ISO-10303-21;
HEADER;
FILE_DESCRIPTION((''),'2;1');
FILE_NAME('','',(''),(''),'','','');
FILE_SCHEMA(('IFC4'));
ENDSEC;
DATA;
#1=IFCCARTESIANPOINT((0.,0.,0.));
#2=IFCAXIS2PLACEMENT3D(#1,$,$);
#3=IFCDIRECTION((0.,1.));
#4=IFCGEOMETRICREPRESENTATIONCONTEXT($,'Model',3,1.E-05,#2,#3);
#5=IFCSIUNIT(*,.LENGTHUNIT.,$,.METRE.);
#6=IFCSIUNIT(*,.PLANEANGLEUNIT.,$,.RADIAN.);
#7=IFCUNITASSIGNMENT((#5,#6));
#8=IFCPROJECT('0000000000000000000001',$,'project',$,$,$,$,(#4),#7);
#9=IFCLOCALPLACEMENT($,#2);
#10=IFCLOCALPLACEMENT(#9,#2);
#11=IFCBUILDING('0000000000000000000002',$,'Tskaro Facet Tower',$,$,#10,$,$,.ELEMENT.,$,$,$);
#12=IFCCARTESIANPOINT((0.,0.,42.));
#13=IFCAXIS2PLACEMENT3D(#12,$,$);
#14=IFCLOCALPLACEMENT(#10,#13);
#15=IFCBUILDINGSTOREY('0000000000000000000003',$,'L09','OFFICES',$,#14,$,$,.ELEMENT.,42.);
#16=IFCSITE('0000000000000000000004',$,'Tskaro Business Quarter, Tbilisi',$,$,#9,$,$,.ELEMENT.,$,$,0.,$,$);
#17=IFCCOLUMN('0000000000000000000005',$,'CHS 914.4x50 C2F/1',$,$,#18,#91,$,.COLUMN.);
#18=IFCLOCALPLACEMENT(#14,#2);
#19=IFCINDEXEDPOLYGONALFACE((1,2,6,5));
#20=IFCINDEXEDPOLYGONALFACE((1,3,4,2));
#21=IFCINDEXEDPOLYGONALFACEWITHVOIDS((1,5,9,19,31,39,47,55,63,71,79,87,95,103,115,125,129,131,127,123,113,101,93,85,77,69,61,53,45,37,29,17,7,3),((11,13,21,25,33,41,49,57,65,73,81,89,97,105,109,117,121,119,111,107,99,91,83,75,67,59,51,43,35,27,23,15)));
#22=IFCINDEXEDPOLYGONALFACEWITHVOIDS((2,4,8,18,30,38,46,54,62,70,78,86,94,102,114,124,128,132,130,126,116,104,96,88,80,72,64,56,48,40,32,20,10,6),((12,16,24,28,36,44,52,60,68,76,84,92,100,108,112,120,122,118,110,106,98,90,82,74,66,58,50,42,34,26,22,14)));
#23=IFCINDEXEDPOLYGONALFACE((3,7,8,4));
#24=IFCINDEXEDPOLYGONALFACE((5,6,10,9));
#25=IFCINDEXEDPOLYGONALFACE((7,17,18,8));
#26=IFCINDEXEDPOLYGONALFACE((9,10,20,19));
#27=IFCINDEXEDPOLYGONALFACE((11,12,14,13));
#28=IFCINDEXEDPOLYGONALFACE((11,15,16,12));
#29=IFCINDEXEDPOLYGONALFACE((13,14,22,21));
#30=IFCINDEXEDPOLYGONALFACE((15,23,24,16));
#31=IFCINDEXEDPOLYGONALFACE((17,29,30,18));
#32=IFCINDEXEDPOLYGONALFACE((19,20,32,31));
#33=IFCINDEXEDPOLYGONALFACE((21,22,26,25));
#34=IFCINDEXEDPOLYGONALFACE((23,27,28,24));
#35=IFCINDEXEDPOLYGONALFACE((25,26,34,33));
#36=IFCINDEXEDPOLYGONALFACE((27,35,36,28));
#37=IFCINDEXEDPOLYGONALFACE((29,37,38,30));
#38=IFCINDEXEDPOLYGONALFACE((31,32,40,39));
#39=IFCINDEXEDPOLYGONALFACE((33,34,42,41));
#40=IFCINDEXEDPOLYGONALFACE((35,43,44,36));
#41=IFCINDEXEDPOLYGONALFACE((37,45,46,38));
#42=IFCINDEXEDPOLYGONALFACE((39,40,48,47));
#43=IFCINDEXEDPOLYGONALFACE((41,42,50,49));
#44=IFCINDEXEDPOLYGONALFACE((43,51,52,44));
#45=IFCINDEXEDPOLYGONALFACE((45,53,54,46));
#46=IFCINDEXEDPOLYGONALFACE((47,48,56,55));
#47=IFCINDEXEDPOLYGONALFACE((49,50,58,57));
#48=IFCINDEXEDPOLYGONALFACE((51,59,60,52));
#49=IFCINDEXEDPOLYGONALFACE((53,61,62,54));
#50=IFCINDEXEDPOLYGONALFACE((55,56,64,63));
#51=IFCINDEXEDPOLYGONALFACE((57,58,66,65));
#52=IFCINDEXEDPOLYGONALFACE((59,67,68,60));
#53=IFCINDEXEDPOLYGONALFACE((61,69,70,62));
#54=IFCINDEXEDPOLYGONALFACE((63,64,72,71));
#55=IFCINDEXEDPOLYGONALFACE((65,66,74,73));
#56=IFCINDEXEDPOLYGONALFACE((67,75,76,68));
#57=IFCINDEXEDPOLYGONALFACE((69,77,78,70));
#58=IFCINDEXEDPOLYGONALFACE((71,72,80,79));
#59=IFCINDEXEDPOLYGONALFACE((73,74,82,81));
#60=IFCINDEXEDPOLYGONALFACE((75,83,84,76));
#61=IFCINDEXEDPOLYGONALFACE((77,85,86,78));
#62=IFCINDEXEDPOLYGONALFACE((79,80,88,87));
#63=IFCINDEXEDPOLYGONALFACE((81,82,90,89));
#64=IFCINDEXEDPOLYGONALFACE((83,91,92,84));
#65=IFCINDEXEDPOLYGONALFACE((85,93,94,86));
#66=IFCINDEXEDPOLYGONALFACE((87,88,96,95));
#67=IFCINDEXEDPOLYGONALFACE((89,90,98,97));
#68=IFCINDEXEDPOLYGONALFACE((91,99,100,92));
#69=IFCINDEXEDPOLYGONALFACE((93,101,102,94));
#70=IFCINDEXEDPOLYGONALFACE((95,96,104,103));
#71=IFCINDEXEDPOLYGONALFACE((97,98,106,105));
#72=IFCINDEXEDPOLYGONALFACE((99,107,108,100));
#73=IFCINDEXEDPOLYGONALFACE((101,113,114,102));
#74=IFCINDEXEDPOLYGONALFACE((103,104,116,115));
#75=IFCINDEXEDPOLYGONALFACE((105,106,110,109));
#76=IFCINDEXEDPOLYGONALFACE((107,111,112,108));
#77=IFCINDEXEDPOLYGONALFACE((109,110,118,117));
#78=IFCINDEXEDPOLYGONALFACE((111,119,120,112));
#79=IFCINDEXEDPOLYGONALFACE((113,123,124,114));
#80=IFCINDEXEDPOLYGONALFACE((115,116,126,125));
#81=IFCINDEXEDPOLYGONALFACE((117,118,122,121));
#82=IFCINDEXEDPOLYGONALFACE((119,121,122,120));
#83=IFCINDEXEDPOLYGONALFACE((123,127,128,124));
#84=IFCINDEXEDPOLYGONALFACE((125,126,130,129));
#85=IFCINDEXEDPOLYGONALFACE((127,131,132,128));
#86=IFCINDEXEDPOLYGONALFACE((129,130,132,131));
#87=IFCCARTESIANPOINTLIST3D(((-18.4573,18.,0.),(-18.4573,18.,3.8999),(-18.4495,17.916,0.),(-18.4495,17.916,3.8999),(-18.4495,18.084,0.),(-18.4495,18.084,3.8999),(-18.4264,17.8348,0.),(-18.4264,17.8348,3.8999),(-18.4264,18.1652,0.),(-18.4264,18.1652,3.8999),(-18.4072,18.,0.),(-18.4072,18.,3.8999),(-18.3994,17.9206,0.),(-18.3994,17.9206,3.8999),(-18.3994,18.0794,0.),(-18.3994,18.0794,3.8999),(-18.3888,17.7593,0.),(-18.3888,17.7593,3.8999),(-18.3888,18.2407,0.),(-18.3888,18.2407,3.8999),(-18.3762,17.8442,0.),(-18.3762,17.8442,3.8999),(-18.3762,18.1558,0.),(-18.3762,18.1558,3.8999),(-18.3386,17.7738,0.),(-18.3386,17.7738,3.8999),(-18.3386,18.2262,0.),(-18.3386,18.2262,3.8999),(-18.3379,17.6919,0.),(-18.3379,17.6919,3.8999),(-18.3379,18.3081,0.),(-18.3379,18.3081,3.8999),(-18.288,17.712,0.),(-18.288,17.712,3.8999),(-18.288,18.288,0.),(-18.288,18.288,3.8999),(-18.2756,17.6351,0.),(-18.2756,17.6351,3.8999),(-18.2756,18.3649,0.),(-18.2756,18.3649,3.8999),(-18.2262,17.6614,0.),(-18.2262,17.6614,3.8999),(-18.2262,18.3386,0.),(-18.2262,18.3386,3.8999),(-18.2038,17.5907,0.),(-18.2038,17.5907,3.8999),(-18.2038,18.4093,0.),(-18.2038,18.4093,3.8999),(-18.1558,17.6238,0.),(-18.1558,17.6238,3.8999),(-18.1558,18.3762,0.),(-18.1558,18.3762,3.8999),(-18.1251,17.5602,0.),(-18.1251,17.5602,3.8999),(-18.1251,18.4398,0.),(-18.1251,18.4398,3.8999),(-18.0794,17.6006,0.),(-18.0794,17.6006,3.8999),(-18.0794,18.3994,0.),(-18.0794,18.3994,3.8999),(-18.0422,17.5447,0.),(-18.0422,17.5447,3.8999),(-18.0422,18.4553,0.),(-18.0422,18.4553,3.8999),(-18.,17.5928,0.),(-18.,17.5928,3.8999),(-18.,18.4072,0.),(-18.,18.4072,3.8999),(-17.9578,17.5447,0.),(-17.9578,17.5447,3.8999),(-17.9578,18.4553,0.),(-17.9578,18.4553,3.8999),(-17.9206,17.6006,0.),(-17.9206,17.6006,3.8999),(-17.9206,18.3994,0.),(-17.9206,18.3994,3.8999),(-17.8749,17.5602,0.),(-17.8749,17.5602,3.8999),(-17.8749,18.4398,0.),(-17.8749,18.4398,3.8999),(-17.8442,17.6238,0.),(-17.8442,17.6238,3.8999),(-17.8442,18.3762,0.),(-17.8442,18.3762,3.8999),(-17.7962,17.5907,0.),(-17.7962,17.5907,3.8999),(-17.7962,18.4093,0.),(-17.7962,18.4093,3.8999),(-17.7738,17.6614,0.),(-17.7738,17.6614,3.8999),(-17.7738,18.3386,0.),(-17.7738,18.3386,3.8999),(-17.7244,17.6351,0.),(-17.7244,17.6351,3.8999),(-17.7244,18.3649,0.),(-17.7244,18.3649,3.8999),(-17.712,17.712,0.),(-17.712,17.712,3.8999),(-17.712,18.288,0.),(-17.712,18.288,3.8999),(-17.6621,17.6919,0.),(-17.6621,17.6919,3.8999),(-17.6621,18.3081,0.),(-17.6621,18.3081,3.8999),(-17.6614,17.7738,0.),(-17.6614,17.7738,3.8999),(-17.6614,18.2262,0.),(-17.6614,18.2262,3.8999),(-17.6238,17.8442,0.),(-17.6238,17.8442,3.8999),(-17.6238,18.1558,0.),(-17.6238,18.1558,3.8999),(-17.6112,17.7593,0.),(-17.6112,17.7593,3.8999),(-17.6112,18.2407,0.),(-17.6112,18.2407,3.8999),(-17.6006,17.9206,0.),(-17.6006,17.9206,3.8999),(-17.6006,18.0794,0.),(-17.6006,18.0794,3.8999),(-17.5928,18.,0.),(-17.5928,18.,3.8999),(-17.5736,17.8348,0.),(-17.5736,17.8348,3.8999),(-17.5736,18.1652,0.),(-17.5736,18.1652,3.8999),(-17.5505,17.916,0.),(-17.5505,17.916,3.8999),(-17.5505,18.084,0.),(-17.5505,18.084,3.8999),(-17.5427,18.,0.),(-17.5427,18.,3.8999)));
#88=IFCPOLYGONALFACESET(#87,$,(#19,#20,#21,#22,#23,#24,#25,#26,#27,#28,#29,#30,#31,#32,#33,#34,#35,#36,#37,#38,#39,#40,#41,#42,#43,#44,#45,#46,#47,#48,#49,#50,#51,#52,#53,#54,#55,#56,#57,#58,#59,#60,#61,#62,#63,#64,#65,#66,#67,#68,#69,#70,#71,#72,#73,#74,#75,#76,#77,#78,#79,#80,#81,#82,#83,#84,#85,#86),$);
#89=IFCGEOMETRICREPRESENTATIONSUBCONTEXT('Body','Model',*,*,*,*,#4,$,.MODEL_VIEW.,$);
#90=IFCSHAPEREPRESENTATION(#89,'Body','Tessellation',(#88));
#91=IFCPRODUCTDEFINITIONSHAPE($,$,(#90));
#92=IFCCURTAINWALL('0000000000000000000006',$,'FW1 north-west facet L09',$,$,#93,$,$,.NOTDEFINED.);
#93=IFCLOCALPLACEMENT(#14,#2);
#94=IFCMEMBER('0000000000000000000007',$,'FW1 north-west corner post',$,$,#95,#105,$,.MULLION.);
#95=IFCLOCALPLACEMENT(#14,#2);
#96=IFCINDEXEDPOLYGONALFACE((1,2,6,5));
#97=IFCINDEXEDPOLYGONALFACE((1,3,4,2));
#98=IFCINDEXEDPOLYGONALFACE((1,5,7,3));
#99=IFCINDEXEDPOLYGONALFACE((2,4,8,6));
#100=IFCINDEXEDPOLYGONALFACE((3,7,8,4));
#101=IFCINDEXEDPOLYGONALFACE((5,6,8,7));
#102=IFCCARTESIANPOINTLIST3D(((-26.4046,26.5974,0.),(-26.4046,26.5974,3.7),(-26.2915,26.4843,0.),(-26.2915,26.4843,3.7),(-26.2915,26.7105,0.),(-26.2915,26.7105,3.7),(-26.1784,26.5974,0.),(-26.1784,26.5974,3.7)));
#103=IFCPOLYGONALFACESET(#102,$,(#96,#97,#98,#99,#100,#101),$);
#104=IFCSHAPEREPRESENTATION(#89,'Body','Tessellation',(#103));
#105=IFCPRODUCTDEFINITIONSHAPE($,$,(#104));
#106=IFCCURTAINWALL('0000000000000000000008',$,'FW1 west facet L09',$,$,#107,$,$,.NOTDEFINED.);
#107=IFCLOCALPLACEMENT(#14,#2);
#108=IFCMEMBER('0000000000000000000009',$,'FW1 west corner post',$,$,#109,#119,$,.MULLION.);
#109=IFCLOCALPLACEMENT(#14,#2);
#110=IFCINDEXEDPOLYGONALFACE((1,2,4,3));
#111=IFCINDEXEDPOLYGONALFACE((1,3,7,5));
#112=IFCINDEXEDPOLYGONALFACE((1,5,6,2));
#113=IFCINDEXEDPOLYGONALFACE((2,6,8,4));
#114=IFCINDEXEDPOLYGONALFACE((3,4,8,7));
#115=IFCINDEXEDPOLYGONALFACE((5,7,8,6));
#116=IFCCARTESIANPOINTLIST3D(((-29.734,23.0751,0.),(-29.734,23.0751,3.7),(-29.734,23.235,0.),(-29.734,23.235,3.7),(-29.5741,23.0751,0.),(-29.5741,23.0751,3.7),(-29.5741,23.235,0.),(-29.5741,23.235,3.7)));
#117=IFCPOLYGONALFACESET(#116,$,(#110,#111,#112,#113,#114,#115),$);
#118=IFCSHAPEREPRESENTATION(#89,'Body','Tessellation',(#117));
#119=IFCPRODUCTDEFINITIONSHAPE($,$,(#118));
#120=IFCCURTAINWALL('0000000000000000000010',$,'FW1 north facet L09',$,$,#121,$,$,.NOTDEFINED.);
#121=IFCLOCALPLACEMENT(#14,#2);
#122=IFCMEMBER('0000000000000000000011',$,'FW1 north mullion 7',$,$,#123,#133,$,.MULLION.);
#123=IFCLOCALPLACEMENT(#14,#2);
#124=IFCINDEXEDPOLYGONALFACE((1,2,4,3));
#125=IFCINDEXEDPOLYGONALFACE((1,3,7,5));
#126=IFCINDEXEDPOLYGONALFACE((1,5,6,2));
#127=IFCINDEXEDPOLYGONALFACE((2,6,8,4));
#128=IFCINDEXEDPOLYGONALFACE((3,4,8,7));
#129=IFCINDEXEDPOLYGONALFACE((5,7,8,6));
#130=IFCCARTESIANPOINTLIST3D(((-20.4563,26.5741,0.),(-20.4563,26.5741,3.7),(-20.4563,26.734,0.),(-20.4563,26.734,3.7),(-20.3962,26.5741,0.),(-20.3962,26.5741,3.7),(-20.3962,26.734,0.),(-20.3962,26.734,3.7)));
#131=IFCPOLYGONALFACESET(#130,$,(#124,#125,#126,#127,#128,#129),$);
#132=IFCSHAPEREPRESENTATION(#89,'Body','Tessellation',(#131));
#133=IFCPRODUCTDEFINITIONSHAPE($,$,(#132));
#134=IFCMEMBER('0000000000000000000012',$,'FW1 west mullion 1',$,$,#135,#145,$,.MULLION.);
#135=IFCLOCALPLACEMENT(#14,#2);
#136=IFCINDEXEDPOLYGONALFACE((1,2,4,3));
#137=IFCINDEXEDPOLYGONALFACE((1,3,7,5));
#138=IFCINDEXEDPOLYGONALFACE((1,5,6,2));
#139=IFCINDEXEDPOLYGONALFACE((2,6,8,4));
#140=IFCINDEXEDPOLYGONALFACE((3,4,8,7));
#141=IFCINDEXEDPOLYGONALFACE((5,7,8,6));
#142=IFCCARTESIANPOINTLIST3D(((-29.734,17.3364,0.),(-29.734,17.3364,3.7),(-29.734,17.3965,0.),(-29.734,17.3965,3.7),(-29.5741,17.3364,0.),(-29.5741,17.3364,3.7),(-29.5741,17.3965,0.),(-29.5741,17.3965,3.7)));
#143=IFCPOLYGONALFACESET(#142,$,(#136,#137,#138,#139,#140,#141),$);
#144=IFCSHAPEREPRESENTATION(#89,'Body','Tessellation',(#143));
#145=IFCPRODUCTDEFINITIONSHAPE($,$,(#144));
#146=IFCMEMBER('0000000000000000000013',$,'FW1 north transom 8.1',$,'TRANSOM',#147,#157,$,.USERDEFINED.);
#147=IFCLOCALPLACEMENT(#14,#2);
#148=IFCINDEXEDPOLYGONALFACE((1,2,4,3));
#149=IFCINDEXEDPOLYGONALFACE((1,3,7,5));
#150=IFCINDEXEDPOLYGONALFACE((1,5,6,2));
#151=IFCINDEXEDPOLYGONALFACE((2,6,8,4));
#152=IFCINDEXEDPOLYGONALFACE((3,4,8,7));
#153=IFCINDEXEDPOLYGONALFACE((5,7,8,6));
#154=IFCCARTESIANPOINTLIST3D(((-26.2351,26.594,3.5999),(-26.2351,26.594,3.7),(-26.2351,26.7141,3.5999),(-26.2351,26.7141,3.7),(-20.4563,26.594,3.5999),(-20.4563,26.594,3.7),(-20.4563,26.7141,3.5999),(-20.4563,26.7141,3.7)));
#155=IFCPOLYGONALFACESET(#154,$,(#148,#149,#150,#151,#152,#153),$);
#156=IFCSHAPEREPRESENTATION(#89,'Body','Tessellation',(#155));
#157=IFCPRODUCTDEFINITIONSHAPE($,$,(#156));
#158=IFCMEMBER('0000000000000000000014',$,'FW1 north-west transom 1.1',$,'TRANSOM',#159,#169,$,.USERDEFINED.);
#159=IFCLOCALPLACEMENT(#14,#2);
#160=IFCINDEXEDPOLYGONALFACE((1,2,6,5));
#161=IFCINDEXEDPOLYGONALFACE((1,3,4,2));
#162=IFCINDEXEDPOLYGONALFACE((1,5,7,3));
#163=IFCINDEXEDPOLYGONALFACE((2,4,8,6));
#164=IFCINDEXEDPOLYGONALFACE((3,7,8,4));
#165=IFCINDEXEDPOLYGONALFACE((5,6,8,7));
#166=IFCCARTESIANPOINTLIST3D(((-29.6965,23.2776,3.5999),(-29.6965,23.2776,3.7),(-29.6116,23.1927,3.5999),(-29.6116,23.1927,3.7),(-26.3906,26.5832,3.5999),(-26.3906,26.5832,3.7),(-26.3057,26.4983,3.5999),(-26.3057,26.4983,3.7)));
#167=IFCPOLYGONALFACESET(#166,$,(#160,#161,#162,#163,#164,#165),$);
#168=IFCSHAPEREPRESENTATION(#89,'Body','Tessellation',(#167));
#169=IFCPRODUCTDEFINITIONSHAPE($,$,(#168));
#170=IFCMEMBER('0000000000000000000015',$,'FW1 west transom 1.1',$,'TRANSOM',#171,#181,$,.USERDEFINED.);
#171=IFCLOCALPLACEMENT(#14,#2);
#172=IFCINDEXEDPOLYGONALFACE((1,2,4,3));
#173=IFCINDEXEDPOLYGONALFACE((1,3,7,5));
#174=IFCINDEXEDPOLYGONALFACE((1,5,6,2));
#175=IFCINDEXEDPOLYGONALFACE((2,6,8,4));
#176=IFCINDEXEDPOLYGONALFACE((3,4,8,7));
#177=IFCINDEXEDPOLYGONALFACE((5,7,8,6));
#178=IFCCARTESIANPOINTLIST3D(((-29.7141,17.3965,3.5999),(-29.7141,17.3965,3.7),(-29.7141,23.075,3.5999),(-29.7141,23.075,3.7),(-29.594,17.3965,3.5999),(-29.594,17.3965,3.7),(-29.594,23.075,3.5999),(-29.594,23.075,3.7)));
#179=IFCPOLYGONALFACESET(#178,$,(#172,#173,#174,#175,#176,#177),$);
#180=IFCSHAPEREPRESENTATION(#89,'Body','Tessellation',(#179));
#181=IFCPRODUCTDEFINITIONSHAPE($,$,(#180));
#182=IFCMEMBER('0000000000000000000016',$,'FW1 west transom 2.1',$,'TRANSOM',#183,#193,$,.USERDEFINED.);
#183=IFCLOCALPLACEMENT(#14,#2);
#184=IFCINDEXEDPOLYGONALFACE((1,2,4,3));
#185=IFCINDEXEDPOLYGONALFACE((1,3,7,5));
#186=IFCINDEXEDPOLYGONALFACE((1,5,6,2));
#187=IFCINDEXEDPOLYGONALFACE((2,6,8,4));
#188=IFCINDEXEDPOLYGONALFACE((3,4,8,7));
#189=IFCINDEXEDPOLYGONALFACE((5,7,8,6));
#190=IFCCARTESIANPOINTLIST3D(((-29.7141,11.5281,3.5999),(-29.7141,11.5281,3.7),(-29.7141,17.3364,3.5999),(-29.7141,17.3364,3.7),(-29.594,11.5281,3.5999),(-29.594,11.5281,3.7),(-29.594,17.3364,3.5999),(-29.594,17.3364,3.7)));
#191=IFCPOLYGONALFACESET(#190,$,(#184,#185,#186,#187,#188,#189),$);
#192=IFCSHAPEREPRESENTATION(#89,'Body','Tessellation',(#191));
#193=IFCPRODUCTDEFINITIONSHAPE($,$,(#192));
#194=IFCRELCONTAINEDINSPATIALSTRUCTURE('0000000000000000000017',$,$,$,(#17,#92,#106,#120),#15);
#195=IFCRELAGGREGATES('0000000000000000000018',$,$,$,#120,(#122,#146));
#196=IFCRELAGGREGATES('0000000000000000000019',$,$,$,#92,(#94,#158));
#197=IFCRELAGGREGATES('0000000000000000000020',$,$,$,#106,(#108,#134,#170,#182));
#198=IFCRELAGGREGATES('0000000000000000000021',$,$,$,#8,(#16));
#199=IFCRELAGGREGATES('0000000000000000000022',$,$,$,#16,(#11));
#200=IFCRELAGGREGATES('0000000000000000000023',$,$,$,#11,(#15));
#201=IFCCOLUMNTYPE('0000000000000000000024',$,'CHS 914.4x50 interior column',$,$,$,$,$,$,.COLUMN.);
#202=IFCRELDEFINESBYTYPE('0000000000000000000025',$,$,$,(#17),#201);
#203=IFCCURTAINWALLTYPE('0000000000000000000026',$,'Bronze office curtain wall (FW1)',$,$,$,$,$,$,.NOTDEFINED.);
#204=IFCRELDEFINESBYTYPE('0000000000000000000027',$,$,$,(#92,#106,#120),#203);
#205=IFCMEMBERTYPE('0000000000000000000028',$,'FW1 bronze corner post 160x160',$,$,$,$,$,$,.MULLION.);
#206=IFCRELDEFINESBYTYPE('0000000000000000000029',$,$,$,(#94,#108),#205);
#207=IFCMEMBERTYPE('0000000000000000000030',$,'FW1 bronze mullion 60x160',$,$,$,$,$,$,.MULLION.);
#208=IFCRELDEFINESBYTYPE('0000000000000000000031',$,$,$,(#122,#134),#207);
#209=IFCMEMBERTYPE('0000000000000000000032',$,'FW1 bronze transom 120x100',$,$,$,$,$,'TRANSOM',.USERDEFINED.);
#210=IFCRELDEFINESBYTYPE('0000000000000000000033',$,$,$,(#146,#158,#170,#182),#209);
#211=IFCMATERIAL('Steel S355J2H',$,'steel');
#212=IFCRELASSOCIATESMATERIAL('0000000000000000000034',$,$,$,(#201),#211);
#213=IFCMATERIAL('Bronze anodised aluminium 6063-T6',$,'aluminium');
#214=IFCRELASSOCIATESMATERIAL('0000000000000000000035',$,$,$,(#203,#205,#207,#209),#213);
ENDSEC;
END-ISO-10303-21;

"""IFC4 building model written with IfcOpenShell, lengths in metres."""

from ifc_helpers import new_model, si_unit, direction, frame, origin, origin_2d, place, context, subcontext, project, spatial, rectangle, hollow_circle, extrude, material, material_profile, profile_set, type_object, element, aggregate, save


model = new_model("IFC4")

# Units and contexts
model_context = context("Model", 3, precision=1e-05, world=origin(), true_north=direction((0.0, 1.0)))
body_context = subcontext(model_context, "Body", "Model", "MODEL_VIEW")
ifc_project = project(units=[si_unit("LENGTHUNIT", "METRE"), si_unit("PLANEANGLEUNIT", "RADIAN")], contexts=[model_context])

# Site, building, storey
site_placement = place(None, origin())
site = spatial("IfcSite", under=ifc_project, at=site_placement, Name="Tskaro Business Quarter, Tbilisi", CompositionType="ELEMENT", RefElevation=0.0)
building_placement = place(site_placement, origin())
building = spatial("IfcBuilding", under=site, at=building_placement, Name="Tskaro Facet Tower", CompositionType="ELEMENT")
storey_placement = place(building_placement, frame((0.0, 0.0, 42.0)))
storey = spatial("IfcBuildingStorey", under=building, at=storey_placement, Name="L09", Description="OFFICES", CompositionType="ELEMENT", Elevation=42.0)

# Column
ifc_material_1 = material(Name="Steel S355J2H", Category="steel")
ifc_material_profile_1 = material_profile(ifc_material_1, hollow_circle(Radius=0.4573, WallThickness=0.05, at=origin_2d()), Name="CHS 914.4x50")
ifc_profile_set_1 = profile_set([ifc_material_profile_1], Name="Steel S355J2H")
column_type_1 = type_object("IfcColumnType", Name="CHS 914.4x50 interior column", PredefinedType="COLUMN", material=ifc_profile_set_1)
column_placement = place(storey_placement, frame((-18.0, 18.0, 0.0), z_axis=(0.0, 0.0, 1.0), x_axis=(1.0, 0.0, 0.0)))
element("IfcColumn", 1, at=column_placement, inside=storey, type_object=column_type_1, Name="CHS 914.4x50 C2F/1", PredefinedType="COLUMN", context=body_context, shape_type="SweptSolid", body=[
    extrude(hollow_circle(Radius=0.4573, WallThickness=0.05, at=origin_2d()), origin(), (0.0, 0.0, 1.0), 3.8999),
])

# Curtain walls, members
ifc_material_2 = material(Name="Bronze anodised aluminium 6063-T6", Category="aluminium")
curtain_wall_type = type_object("IfcCurtainWallType", Name="Bronze office curtain wall (FW1)", PredefinedType="NOTDEFINED", material=ifc_material_2)
curtain_wall_1_placement = place(storey_placement, origin())
curtain_wall_1 = element("IfcCurtainWall", 2, at=curtain_wall_1_placement, inside=storey, type_object=curtain_wall_type, Name="FW1 north-west facet L09", PredefinedType="NOTDEFINED")
ifc_material_profile_2 = material_profile(ifc_material_2, rectangle(XDim=0.1599, YDim=0.1599, at=origin_2d()), Name="Corner post 160x160")
ifc_profile_set_2 = profile_set([ifc_material_profile_2], Name="Bronze anodised aluminium 6063-T6")
member_type_1 = type_object("IfcMemberType", Name="FW1 bronze corner post 160x160", PredefinedType="MULLION", material=ifc_profile_set_2)
member_1_placement = place(storey_placement, frame((-26.2915, 26.5974, 0.0), z_axis=(0.0, 0.0, 1.0), x_axis=(-0.707107, -0.707107, 0.0)))
member_1 = element("IfcMember", 3, at=member_1_placement, type_object=member_type_1, Name="FW1 north-west corner post", PredefinedType="MULLION", context=body_context, shape_type="SweptSolid", body=[
    extrude(rectangle(XDim=0.1599, YDim=0.1599, at=origin_2d()), origin(), (0.0, 0.0, 1.0), 3.7),
])
curtain_wall_2_placement = place(storey_placement, origin())
curtain_wall_2 = element("IfcCurtainWall", 4, at=curtain_wall_2_placement, inside=storey, type_object=curtain_wall_type, Name="FW1 west facet L09", PredefinedType="NOTDEFINED")
member_2_placement = place(storey_placement, frame((-29.6541, 23.155, 0.0), z_axis=(0.0, 0.0, 1.0), x_axis=(0.0, -1.0, 0.0)))
member_2 = element("IfcMember", 5, at=member_2_placement, type_object=member_type_1, Name="FW1 west corner post", PredefinedType="MULLION", context=body_context, shape_type="SweptSolid", body=[
    extrude(rectangle(XDim=0.1599, YDim=0.1599, at=origin_2d()), origin(), (0.0, 0.0, 1.0), 3.7),
])
curtain_wall_3_placement = place(storey_placement, origin())
curtain_wall_3 = element("IfcCurtainWall", 6, at=curtain_wall_3_placement, inside=storey, type_object=curtain_wall_type, Name="FW1 north facet L09", PredefinedType="NOTDEFINED")
ifc_material_profile_3 = material_profile(ifc_material_2, rectangle(XDim=0.0601, YDim=0.1599, at=origin_2d()), Name="Mullion 60x160")
ifc_profile_set_3 = profile_set([ifc_material_profile_3], Name="Bronze anodised aluminium 6063-T6")
member_type_2 = type_object("IfcMemberType", Name="FW1 bronze mullion 60x160", PredefinedType="MULLION", material=ifc_profile_set_3)
member_3_placement = place(storey_placement, frame((-20.4263, 26.6541, 0.0), z_axis=(0.0, 0.0, 1.0), x_axis=(-1.0, 0.0, 0.0)))
member_3 = element("IfcMember", 7, at=member_3_placement, type_object=member_type_2, Name="FW1 north mullion 7", PredefinedType="MULLION", context=body_context, shape_type="SweptSolid", body=[
    extrude(rectangle(XDim=0.0601, YDim=0.1599, at=origin_2d()), origin(), (0.0, 0.0, 1.0), 3.7),
])

# Members
member_4_placement = place(storey_placement, frame((-29.6541, 17.3665, 0.0), z_axis=(0.0, 0.0, 1.0), x_axis=(0.0, -1.0, 0.0)))
member_4 = element("IfcMember", 8, at=member_4_placement, type_object=member_type_2, Name="FW1 west mullion 1", PredefinedType="MULLION", context=body_context, shape_type="SweptSolid", body=[
    extrude(rectangle(XDim=0.0601, YDim=0.1599, at=origin_2d()), origin(), (0.0, 0.0, 1.0), 3.7),
])
ifc_material_profile_4 = material_profile(ifc_material_2, rectangle(XDim=0.1201, YDim=0.1001, at=origin_2d()), Name="Transom 120x100")
ifc_profile_set_4 = profile_set([ifc_material_profile_4], Name="Bronze anodised aluminium 6063-T6")
member_type_3 = type_object("IfcMemberType", Name="FW1 bronze transom 120x100", ElementType="TRANSOM", PredefinedType="USERDEFINED", material=ifc_profile_set_4)
member_5_placement = place(storey_placement, frame((-20.4563, 26.6541, 3.6499), z_axis=(-1.0, 0.0, 0.0), x_axis=(0.0, -1.0, 0.0)))
member_5 = element("IfcMember", 9, at=member_5_placement, type_object=member_type_3, Name="FW1 north transom 8.1", ObjectType="TRANSOM", PredefinedType="USERDEFINED", context=body_context, shape_type="SweptSolid", body=[
    extrude(rectangle(XDim=0.1201, YDim=0.1001, at=origin_2d()), origin(), (0.0, 0.0, 1.0), 5.7788),
])
member_6_placement = place(storey_placement, frame((-26.3481, 26.5408, 3.6499), z_axis=(-0.707133, -0.707081, 0.0), x_axis=(0.707081, -0.707133, 0.0)))
member_6 = element("IfcMember", 10, at=member_6_placement, type_object=member_type_3, Name="FW1 north-west transom 1.1", ObjectType="TRANSOM", PredefinedType="USERDEFINED", context=body_context, shape_type="SweptSolid", body=[
    extrude(rectangle(XDim=0.1201, YDim=0.1001, at=origin_2d()), origin(), (0.0, 0.0, 1.0), 4.675),
])
member_7_placement = place(storey_placement, frame((-29.6541, 23.075, 3.6499), z_axis=(0.0, -1.0, 0.0), x_axis=(1.0, 0.0, 0.0)))
member_7 = element("IfcMember", 11, at=member_7_placement, type_object=member_type_3, Name="FW1 west transom 1.1", ObjectType="TRANSOM", PredefinedType="USERDEFINED", context=body_context, shape_type="SweptSolid", body=[
    extrude(rectangle(XDim=0.1201, YDim=0.1001, at=origin_2d()), origin(), (0.0, 0.0, 1.0), 5.6785),
])
member_8_placement = place(storey_placement, frame((-29.6541, 17.3364, 3.6499), z_axis=(0.0, -1.0, 0.0), x_axis=(1.0, 0.0, 0.0)))
member_8 = element("IfcMember", 12, at=member_8_placement, type_object=member_type_3, Name="FW1 west transom 2.1", ObjectType="TRANSOM", PredefinedType="USERDEFINED", context=body_context, shape_type="SweptSolid", body=[
    extrude(rectangle(XDim=0.1201, YDim=0.1001, at=origin_2d()), origin(), (0.0, 0.0, 1.0), 5.8083),
])

aggregate(curtain_wall_3, [member_3, member_5])
aggregate(curtain_wall_1, [member_1, member_6])
aggregate(curtain_wall_2, [member_2, member_4, member_7, member_8])

save(model, "model.ifc")
